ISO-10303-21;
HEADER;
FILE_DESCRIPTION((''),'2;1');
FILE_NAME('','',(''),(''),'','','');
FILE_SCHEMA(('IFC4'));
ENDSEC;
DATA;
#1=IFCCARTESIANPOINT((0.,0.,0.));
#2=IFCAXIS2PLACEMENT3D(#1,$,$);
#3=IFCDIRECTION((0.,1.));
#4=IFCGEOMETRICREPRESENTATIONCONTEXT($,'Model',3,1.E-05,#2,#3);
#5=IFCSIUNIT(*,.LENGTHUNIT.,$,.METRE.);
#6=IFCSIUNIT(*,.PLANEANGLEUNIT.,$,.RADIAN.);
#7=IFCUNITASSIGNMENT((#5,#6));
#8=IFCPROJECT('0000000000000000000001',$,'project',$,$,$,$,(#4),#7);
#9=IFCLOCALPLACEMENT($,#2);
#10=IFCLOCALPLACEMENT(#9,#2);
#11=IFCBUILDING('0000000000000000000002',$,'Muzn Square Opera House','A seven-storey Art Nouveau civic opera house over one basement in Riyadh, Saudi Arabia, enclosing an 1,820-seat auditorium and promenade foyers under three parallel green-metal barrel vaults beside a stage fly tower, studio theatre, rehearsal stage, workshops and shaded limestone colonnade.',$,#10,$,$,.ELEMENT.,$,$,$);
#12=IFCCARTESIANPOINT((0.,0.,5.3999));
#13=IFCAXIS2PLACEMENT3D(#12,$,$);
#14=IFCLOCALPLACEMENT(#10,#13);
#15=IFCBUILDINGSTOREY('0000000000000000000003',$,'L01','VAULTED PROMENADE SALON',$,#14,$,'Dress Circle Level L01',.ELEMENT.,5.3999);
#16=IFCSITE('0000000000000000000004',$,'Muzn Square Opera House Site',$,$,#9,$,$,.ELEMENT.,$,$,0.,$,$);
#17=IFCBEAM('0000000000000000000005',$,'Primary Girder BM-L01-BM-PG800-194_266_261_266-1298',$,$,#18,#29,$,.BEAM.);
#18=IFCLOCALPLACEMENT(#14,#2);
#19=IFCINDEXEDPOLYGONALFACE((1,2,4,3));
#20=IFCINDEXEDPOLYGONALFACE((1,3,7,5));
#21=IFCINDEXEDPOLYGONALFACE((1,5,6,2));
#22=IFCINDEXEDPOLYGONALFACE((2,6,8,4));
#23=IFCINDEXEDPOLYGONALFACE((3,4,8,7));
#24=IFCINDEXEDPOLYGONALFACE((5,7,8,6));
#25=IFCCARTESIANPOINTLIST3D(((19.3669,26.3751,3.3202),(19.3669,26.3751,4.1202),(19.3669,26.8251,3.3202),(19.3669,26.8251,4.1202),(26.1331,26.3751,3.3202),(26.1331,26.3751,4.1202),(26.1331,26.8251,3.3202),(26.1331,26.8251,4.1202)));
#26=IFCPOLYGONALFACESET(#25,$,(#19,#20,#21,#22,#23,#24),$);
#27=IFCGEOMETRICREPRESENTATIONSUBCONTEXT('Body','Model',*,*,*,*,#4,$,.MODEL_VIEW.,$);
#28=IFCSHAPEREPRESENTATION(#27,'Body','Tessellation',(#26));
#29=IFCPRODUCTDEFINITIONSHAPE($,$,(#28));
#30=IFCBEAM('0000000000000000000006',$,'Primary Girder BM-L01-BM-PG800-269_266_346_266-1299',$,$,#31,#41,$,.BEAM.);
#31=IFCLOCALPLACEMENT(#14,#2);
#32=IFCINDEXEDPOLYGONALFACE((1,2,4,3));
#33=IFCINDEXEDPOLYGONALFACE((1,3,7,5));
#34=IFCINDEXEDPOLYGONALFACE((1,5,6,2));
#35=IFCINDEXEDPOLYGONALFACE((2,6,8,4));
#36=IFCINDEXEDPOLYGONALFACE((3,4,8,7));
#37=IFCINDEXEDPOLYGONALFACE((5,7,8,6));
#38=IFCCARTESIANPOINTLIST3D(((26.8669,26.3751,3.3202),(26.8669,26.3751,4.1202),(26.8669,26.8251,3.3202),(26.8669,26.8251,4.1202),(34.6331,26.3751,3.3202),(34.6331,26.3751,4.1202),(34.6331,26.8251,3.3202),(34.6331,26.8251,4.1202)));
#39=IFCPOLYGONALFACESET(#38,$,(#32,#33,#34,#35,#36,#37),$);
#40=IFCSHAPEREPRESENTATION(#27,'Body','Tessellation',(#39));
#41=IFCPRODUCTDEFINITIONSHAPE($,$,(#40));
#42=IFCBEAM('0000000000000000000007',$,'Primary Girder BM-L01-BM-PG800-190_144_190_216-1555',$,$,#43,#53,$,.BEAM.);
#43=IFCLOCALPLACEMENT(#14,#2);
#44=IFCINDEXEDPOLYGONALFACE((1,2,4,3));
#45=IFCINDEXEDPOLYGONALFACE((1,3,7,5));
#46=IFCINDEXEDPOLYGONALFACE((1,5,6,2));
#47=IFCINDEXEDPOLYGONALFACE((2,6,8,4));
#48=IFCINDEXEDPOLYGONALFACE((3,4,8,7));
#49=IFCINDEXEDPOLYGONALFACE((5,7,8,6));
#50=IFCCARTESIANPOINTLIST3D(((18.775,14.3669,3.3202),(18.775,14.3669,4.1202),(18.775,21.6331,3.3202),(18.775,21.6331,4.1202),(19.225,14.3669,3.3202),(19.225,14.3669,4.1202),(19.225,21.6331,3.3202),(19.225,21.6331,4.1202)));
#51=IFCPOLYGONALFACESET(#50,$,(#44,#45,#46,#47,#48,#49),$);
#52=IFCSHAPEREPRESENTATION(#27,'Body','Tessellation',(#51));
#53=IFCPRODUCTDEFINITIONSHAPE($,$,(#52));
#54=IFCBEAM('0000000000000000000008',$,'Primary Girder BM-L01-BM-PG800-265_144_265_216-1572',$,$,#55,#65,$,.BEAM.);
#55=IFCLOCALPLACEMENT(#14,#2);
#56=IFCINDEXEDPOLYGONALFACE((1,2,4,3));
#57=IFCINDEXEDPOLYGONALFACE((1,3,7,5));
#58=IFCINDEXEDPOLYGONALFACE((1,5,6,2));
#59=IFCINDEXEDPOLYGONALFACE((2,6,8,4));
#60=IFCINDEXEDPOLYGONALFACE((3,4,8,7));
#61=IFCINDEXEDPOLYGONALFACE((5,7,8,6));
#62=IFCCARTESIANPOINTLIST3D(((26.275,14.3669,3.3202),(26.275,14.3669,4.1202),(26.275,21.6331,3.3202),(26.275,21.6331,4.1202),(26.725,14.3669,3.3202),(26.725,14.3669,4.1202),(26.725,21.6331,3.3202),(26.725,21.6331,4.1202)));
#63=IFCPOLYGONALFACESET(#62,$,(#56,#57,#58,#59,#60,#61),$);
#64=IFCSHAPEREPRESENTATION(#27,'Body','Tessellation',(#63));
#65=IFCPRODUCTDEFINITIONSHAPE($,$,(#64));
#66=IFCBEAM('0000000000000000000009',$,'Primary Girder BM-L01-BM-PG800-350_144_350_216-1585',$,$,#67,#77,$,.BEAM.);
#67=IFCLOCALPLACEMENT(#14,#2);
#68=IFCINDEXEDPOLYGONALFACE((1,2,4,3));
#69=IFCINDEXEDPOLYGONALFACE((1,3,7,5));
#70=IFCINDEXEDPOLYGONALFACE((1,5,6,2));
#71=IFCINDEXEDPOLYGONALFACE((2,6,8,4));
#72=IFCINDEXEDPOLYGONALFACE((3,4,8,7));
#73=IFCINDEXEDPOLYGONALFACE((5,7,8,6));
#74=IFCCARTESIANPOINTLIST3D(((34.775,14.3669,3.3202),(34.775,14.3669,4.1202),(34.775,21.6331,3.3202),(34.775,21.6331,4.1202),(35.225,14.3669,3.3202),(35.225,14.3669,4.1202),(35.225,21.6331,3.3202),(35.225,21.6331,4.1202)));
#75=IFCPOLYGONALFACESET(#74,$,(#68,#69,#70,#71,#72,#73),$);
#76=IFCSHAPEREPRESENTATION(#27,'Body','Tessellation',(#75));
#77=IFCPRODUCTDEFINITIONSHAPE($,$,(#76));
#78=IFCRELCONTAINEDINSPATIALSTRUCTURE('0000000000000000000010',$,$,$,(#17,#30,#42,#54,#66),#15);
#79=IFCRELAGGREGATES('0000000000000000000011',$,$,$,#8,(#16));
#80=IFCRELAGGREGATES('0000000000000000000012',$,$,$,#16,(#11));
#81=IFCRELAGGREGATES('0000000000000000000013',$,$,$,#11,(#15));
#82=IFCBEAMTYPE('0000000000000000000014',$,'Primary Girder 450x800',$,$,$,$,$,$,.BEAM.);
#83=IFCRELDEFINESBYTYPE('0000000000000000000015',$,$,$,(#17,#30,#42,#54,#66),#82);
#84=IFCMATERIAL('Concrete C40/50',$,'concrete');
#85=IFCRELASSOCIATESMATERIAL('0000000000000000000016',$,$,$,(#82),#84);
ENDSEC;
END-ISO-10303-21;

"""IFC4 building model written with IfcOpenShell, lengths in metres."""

from ifc_helpers import new_model, si_unit, direction, frame, origin, origin_2d, place, context, subcontext, project, spatial, rectangle, extrude, material, material_profile, profile_set, type_object, element, save


model = new_model("IFC4")

# Units and contexts
model_context = context("Model", 3, precision=1e-05, world=origin(), true_north=direction((0.0, 1.0)))
body_context = subcontext(model_context, "Body", "Model", "MODEL_VIEW")
ifc_project = project(units=[si_unit("LENGTHUNIT", "METRE"), si_unit("PLANEANGLEUNIT", "RADIAN")], contexts=[model_context])

# Site, building, storey
site_placement = place(None, origin())
site = spatial("IfcSite", under=ifc_project, at=site_placement, Name="Muzn Square Opera House Site", CompositionType="ELEMENT", RefElevation=0.0)
building_placement = place(site_placement, origin())
building = spatial("IfcBuilding", under=site, at=building_placement, Name="Muzn Square Opera House", Description="A seven-storey Art Nouveau civic opera house over one basement in Riyadh, Saudi Arabia, enclosing an 1,820-seat auditorium and promenade foyers under three parallel green-metal barrel vaults beside a stage fly tower, studio theatre, rehearsal stage, workshops and shaded limestone colonnade.", CompositionType="ELEMENT")
storey_placement = place(building_placement, frame((0.0, 0.0, 5.3999)))
storey = spatial("IfcBuildingStorey", under=building, at=storey_placement, Name="L01", Description="VAULTED PROMENADE SALON", LongName="Dress Circle Level L01", CompositionType="ELEMENT", Elevation=5.3999)

# Beams
ifc_material_1 = material(Name="Concrete C40/50", Category="concrete")
ifc_material_profile_1 = material_profile(ifc_material_1, rectangle(XDim=0.45, YDim=0.8, at=origin_2d()), Name="RCB 450x800", Category="concrete")
ifc_profile_set_1 = profile_set([ifc_material_profile_1], Name="Concrete C40/50")
beam_type_1 = type_object("IfcBeamType", Name="Primary Girder 450x800", PredefinedType="BEAM", material=ifc_profile_set_1)
beam_1_placement = place(storey_placement, frame((19.3669, 26.6001, 3.7202), z_axis=(1.0, 0.0, 0.0), x_axis=(0.0, 1.0, 0.0)))
element("IfcBeam", 1, at=beam_1_placement, inside=storey, type_object=beam_type_1, Name="Primary Girder BM-L01-BM-PG800-194_266_261_266-1298", PredefinedType="BEAM", context=body_context, shape_type="SweptSolid", body=[
    extrude(rectangle(XDim=0.45, YDim=0.8, at=origin_2d()), origin(), (0.0, 0.0, 1.0), 6.7661),
])
beam_2_placement = place(storey_placement, frame((26.8669, 26.6001, 3.7202), z_axis=(1.0, 0.0, 0.0), x_axis=(0.0, 1.0, 0.0)))
element("IfcBeam", 2, at=beam_2_placement, inside=storey, type_object=beam_type_1, Name="Primary Girder BM-L01-BM-PG800-269_266_346_266-1299", PredefinedType="BEAM", context=body_context, shape_type="SweptSolid", body=[
    extrude(rectangle(XDim=0.45, YDim=0.8, at=origin_2d()), origin(), (0.0, 0.0, 1.0), 7.7661),
])
for number, where, z_axis, x_axis, name in (
    (3, (19.0, 14.3669, 3.7202), (0.0, 1.0, 0.0), (-1.0, 0.0, 0.0), "Primary Girder BM-L01-BM-PG800-190_144_190_216-1555"),
    (4, (26.5, 14.3669, 3.7202), (0.0, 1.0, 0.0), (-1.0, 0.0, 0.0), "Primary Girder BM-L01-BM-PG800-265_144_265_216-1572"),
    (5, (35.0, 14.3669, 3.7202), (0.0, 1.0, 0.0), (-1.0, 0.0, 0.0), "Primary Girder BM-L01-BM-PG800-350_144_350_216-1585"),
):
    element("IfcBeam", number, at=place(storey_placement, frame(where, z_axis=z_axis, x_axis=x_axis)), inside=storey, type_object=beam_type_1, Name=name, PredefinedType="BEAM", context=body_context, shape_type="SweptSolid", body=[
        extrude(rectangle(XDim=0.45, YDim=0.8, at=origin_2d()), origin(), (0.0, 0.0, 1.0), 7.2661),
    ])

save(model, "model.ifc")
